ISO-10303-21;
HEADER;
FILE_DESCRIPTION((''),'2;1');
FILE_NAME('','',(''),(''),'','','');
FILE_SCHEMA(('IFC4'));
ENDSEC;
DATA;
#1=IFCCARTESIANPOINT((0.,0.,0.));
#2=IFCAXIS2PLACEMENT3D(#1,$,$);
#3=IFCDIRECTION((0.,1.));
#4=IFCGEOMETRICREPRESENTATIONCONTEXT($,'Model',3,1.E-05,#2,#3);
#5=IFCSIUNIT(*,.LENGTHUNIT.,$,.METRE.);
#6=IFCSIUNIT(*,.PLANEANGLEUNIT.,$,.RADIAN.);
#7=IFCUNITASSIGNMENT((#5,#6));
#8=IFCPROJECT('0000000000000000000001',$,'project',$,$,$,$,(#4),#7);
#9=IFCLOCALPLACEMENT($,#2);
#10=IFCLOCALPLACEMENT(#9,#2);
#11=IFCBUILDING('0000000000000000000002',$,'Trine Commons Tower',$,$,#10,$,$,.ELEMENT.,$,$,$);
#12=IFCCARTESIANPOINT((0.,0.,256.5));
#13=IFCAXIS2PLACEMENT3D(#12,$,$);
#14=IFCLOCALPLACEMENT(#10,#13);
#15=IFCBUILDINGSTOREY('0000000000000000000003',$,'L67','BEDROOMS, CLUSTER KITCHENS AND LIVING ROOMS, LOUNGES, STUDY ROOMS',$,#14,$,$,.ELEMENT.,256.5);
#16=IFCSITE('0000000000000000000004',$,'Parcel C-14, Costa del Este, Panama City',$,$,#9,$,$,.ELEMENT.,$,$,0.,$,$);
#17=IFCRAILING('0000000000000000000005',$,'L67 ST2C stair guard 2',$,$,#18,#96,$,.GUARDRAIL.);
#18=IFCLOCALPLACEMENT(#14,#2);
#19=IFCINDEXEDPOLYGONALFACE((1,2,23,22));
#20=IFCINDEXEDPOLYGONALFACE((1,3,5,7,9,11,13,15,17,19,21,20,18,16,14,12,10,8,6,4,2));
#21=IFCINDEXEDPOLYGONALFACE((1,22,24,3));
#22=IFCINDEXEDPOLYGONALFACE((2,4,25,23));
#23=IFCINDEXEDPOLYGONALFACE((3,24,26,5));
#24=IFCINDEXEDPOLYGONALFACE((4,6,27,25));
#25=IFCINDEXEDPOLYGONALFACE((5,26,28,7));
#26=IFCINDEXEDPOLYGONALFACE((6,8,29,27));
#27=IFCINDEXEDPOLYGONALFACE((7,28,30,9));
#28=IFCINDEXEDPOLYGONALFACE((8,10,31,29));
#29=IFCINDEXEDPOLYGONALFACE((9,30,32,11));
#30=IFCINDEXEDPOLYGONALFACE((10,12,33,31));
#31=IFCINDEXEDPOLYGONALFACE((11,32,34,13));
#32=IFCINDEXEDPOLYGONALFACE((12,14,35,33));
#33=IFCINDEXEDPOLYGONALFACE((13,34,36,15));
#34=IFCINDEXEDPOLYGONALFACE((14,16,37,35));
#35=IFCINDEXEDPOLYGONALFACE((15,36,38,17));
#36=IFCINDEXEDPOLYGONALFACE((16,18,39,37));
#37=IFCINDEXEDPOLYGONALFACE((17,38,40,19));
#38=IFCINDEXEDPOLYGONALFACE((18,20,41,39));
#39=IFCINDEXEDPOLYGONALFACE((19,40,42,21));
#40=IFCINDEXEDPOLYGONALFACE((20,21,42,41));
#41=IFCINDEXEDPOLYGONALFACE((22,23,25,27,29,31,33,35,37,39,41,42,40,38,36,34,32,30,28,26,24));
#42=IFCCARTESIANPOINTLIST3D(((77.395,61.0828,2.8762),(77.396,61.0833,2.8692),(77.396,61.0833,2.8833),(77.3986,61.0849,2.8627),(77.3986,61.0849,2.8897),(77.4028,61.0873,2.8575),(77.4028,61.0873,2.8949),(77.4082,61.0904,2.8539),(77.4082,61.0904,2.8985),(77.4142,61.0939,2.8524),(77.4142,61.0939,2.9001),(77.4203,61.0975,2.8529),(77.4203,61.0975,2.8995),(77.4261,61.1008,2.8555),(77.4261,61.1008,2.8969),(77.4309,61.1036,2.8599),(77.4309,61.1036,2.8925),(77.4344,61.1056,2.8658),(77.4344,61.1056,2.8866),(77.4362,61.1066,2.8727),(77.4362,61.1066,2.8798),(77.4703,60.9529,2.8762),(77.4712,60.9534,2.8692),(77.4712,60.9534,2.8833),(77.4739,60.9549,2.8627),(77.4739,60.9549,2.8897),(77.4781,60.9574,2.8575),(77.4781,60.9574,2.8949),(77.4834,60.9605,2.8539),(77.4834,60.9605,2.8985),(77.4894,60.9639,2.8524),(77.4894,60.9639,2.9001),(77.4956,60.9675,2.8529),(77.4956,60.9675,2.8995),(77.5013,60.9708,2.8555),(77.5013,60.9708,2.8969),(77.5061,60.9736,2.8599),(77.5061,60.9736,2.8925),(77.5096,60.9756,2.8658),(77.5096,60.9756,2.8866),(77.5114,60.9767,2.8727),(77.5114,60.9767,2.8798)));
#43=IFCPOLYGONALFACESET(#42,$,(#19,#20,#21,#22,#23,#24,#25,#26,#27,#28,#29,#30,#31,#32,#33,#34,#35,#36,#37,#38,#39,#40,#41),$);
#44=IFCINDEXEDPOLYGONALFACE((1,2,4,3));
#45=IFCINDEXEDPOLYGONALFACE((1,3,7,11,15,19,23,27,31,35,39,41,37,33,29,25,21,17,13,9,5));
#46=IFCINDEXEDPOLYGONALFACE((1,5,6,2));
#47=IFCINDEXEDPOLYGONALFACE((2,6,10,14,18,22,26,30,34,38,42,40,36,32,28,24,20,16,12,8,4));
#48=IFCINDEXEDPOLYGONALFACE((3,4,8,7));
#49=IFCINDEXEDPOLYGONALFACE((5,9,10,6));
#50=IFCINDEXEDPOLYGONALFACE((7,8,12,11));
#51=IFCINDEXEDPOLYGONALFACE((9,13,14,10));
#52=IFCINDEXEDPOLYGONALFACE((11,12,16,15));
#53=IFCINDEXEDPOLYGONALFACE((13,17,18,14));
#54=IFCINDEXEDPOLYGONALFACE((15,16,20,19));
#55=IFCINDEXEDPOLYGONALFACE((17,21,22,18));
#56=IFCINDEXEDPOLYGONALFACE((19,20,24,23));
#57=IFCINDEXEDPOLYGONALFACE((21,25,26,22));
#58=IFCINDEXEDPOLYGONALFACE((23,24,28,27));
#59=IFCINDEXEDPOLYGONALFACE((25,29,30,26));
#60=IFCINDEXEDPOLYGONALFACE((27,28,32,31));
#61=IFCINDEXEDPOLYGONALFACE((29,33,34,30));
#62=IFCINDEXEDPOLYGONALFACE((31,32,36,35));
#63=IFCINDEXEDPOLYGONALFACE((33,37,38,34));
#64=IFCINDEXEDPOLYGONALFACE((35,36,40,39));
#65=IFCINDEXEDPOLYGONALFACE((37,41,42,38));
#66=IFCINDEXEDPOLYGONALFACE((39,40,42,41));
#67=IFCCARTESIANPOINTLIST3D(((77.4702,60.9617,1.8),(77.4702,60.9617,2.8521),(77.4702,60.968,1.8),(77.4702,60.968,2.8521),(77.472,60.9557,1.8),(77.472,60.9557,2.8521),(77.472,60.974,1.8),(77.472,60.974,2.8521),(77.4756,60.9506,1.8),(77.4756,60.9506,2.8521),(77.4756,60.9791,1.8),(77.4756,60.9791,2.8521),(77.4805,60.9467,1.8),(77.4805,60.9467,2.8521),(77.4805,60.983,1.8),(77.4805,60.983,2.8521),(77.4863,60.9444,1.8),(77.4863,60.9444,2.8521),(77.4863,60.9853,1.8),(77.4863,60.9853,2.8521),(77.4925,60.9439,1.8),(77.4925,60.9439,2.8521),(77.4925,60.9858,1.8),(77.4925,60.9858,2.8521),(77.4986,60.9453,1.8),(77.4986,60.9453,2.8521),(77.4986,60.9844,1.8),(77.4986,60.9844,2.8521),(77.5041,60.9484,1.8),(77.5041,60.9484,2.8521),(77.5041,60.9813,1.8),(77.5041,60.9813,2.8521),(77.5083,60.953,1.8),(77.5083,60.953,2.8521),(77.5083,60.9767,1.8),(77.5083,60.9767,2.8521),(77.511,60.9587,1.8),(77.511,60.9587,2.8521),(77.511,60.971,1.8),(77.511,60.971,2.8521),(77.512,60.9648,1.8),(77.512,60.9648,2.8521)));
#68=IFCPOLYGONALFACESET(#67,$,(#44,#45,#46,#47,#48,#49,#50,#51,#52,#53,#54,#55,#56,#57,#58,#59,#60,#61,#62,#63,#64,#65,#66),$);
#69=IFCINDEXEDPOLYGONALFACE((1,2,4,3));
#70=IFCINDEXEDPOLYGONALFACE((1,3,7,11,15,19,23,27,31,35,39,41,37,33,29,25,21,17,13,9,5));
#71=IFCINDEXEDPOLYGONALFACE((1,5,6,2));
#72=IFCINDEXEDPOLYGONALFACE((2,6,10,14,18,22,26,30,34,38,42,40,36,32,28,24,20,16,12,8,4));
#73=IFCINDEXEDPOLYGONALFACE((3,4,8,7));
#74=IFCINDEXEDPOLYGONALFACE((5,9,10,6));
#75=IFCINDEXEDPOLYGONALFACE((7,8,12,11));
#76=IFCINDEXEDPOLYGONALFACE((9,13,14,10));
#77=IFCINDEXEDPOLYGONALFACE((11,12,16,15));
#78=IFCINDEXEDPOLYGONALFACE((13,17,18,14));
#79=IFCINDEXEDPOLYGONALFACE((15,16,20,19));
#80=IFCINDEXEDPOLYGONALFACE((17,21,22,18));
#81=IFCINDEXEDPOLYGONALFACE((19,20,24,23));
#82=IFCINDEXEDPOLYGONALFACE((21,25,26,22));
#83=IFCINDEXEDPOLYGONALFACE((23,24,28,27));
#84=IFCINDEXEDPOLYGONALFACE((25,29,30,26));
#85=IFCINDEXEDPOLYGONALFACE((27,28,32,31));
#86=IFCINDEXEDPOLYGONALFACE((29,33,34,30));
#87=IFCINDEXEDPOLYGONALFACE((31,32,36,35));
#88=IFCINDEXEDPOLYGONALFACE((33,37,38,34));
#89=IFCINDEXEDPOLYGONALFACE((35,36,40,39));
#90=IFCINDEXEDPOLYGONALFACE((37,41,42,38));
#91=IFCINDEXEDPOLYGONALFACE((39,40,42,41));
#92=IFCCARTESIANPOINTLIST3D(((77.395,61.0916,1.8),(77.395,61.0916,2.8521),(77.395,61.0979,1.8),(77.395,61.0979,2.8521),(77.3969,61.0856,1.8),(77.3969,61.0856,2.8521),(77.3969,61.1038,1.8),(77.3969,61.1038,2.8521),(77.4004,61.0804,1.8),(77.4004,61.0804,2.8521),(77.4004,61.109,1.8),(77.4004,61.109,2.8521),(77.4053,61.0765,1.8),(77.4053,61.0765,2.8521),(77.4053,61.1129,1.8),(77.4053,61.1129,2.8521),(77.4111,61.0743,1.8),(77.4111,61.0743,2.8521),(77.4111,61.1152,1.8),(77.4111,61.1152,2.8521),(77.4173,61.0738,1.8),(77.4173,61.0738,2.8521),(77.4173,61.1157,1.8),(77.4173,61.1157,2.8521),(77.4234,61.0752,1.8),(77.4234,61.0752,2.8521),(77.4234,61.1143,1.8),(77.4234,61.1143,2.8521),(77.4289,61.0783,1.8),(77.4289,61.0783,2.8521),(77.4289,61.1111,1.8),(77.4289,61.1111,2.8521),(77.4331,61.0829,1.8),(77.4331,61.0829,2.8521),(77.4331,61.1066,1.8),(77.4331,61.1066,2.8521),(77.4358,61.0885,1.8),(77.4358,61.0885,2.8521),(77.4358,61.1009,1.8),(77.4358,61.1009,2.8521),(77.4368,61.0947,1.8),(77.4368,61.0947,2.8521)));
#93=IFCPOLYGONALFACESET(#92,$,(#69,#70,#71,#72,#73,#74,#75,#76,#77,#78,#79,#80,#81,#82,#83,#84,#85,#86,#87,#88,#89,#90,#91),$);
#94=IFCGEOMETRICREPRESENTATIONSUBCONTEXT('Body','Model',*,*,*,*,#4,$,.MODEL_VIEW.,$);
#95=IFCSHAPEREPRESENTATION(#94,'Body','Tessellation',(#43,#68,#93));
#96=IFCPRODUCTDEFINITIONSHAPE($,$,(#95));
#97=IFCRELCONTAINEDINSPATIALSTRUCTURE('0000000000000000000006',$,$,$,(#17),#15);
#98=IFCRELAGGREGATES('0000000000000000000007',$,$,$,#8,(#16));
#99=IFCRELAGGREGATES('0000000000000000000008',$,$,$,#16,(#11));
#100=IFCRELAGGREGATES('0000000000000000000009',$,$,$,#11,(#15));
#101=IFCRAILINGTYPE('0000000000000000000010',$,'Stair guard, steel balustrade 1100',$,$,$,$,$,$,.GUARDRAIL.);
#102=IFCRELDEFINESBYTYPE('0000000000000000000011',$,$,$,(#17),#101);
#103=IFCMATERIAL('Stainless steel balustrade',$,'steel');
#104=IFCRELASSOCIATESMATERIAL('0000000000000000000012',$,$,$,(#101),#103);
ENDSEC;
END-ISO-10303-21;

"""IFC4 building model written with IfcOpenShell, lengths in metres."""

from ifc_helpers import new_model, si_unit, direction, frame, origin, origin_2d, place, context, subcontext, project, spatial, circle, extrude, material, type_object, element, save


model = new_model("IFC4")

# Units and contexts
model_context = context("Model", 3, precision=1e-05, world=origin(), true_north=direction((0.0, 1.0)))
body_context = subcontext(model_context, "Body", "Model", "MODEL_VIEW")
ifc_project = project(units=[si_unit("LENGTHUNIT", "METRE"), si_unit("PLANEANGLEUNIT", "RADIAN")], contexts=[model_context])

# Site, building, storey
site_placement = place(None, origin())
site = spatial("IfcSite", under=ifc_project, at=site_placement, Name="Parcel C-14, Costa del Este, Panama City", CompositionType="ELEMENT", RefElevation=0.0)
building_placement = place(site_placement, origin())
building = spatial("IfcBuilding", under=site, at=building_placement, Name="Trine Commons Tower", CompositionType="ELEMENT")
storey_placement = place(building_placement, frame((0.0, 0.0, 256.5)))
storey = spatial("IfcBuildingStorey", under=building, at=storey_placement, Name="L67", Description="BEDROOMS, CLUSTER KITCHENS AND LIVING ROOMS, LOUNGES, STUDY ROOMS", CompositionType="ELEMENT", Elevation=256.5)

# Railing
ifc_material_1 = material(Name="Stainless steel balustrade", Category="steel")
railing_type_1 = type_object("IfcRailingType", Name="Stair guard, steel balustrade 1100", PredefinedType="GUARDRAIL", material=ifc_material_1)
railing_1_placement = place(storey_placement, frame((77.491, 60.9648, 1.8)))
element("IfcRailing", 1, at=railing_1_placement, inside=storey, type_object=railing_type_1, Name="L67 ST2C stair guard 2", PredefinedType="GUARDRAIL", context=body_context, shape_type="SweptSolid", body=[
    extrude(circle(Radius=0.0239, at=origin_2d()), frame((0.0, 0.0, 1.0762), z_axis=(-0.501036, 0.865426, 0.0), x_axis=(-0.865426, -0.501036, 0.0)), (0.0, 0.0, 1.0), 0.1501),
    extrude(circle(Radius=0.021, at=origin_2d()), origin(), (0.0, 0.0, 1.0), 1.052),
    extrude(circle(Radius=0.021, at=origin_2d()), frame((-0.0752, 0.1299, 0.0)), (0.0, 0.0, 1.0), 1.052),
])

save(model, "model.ifc")
